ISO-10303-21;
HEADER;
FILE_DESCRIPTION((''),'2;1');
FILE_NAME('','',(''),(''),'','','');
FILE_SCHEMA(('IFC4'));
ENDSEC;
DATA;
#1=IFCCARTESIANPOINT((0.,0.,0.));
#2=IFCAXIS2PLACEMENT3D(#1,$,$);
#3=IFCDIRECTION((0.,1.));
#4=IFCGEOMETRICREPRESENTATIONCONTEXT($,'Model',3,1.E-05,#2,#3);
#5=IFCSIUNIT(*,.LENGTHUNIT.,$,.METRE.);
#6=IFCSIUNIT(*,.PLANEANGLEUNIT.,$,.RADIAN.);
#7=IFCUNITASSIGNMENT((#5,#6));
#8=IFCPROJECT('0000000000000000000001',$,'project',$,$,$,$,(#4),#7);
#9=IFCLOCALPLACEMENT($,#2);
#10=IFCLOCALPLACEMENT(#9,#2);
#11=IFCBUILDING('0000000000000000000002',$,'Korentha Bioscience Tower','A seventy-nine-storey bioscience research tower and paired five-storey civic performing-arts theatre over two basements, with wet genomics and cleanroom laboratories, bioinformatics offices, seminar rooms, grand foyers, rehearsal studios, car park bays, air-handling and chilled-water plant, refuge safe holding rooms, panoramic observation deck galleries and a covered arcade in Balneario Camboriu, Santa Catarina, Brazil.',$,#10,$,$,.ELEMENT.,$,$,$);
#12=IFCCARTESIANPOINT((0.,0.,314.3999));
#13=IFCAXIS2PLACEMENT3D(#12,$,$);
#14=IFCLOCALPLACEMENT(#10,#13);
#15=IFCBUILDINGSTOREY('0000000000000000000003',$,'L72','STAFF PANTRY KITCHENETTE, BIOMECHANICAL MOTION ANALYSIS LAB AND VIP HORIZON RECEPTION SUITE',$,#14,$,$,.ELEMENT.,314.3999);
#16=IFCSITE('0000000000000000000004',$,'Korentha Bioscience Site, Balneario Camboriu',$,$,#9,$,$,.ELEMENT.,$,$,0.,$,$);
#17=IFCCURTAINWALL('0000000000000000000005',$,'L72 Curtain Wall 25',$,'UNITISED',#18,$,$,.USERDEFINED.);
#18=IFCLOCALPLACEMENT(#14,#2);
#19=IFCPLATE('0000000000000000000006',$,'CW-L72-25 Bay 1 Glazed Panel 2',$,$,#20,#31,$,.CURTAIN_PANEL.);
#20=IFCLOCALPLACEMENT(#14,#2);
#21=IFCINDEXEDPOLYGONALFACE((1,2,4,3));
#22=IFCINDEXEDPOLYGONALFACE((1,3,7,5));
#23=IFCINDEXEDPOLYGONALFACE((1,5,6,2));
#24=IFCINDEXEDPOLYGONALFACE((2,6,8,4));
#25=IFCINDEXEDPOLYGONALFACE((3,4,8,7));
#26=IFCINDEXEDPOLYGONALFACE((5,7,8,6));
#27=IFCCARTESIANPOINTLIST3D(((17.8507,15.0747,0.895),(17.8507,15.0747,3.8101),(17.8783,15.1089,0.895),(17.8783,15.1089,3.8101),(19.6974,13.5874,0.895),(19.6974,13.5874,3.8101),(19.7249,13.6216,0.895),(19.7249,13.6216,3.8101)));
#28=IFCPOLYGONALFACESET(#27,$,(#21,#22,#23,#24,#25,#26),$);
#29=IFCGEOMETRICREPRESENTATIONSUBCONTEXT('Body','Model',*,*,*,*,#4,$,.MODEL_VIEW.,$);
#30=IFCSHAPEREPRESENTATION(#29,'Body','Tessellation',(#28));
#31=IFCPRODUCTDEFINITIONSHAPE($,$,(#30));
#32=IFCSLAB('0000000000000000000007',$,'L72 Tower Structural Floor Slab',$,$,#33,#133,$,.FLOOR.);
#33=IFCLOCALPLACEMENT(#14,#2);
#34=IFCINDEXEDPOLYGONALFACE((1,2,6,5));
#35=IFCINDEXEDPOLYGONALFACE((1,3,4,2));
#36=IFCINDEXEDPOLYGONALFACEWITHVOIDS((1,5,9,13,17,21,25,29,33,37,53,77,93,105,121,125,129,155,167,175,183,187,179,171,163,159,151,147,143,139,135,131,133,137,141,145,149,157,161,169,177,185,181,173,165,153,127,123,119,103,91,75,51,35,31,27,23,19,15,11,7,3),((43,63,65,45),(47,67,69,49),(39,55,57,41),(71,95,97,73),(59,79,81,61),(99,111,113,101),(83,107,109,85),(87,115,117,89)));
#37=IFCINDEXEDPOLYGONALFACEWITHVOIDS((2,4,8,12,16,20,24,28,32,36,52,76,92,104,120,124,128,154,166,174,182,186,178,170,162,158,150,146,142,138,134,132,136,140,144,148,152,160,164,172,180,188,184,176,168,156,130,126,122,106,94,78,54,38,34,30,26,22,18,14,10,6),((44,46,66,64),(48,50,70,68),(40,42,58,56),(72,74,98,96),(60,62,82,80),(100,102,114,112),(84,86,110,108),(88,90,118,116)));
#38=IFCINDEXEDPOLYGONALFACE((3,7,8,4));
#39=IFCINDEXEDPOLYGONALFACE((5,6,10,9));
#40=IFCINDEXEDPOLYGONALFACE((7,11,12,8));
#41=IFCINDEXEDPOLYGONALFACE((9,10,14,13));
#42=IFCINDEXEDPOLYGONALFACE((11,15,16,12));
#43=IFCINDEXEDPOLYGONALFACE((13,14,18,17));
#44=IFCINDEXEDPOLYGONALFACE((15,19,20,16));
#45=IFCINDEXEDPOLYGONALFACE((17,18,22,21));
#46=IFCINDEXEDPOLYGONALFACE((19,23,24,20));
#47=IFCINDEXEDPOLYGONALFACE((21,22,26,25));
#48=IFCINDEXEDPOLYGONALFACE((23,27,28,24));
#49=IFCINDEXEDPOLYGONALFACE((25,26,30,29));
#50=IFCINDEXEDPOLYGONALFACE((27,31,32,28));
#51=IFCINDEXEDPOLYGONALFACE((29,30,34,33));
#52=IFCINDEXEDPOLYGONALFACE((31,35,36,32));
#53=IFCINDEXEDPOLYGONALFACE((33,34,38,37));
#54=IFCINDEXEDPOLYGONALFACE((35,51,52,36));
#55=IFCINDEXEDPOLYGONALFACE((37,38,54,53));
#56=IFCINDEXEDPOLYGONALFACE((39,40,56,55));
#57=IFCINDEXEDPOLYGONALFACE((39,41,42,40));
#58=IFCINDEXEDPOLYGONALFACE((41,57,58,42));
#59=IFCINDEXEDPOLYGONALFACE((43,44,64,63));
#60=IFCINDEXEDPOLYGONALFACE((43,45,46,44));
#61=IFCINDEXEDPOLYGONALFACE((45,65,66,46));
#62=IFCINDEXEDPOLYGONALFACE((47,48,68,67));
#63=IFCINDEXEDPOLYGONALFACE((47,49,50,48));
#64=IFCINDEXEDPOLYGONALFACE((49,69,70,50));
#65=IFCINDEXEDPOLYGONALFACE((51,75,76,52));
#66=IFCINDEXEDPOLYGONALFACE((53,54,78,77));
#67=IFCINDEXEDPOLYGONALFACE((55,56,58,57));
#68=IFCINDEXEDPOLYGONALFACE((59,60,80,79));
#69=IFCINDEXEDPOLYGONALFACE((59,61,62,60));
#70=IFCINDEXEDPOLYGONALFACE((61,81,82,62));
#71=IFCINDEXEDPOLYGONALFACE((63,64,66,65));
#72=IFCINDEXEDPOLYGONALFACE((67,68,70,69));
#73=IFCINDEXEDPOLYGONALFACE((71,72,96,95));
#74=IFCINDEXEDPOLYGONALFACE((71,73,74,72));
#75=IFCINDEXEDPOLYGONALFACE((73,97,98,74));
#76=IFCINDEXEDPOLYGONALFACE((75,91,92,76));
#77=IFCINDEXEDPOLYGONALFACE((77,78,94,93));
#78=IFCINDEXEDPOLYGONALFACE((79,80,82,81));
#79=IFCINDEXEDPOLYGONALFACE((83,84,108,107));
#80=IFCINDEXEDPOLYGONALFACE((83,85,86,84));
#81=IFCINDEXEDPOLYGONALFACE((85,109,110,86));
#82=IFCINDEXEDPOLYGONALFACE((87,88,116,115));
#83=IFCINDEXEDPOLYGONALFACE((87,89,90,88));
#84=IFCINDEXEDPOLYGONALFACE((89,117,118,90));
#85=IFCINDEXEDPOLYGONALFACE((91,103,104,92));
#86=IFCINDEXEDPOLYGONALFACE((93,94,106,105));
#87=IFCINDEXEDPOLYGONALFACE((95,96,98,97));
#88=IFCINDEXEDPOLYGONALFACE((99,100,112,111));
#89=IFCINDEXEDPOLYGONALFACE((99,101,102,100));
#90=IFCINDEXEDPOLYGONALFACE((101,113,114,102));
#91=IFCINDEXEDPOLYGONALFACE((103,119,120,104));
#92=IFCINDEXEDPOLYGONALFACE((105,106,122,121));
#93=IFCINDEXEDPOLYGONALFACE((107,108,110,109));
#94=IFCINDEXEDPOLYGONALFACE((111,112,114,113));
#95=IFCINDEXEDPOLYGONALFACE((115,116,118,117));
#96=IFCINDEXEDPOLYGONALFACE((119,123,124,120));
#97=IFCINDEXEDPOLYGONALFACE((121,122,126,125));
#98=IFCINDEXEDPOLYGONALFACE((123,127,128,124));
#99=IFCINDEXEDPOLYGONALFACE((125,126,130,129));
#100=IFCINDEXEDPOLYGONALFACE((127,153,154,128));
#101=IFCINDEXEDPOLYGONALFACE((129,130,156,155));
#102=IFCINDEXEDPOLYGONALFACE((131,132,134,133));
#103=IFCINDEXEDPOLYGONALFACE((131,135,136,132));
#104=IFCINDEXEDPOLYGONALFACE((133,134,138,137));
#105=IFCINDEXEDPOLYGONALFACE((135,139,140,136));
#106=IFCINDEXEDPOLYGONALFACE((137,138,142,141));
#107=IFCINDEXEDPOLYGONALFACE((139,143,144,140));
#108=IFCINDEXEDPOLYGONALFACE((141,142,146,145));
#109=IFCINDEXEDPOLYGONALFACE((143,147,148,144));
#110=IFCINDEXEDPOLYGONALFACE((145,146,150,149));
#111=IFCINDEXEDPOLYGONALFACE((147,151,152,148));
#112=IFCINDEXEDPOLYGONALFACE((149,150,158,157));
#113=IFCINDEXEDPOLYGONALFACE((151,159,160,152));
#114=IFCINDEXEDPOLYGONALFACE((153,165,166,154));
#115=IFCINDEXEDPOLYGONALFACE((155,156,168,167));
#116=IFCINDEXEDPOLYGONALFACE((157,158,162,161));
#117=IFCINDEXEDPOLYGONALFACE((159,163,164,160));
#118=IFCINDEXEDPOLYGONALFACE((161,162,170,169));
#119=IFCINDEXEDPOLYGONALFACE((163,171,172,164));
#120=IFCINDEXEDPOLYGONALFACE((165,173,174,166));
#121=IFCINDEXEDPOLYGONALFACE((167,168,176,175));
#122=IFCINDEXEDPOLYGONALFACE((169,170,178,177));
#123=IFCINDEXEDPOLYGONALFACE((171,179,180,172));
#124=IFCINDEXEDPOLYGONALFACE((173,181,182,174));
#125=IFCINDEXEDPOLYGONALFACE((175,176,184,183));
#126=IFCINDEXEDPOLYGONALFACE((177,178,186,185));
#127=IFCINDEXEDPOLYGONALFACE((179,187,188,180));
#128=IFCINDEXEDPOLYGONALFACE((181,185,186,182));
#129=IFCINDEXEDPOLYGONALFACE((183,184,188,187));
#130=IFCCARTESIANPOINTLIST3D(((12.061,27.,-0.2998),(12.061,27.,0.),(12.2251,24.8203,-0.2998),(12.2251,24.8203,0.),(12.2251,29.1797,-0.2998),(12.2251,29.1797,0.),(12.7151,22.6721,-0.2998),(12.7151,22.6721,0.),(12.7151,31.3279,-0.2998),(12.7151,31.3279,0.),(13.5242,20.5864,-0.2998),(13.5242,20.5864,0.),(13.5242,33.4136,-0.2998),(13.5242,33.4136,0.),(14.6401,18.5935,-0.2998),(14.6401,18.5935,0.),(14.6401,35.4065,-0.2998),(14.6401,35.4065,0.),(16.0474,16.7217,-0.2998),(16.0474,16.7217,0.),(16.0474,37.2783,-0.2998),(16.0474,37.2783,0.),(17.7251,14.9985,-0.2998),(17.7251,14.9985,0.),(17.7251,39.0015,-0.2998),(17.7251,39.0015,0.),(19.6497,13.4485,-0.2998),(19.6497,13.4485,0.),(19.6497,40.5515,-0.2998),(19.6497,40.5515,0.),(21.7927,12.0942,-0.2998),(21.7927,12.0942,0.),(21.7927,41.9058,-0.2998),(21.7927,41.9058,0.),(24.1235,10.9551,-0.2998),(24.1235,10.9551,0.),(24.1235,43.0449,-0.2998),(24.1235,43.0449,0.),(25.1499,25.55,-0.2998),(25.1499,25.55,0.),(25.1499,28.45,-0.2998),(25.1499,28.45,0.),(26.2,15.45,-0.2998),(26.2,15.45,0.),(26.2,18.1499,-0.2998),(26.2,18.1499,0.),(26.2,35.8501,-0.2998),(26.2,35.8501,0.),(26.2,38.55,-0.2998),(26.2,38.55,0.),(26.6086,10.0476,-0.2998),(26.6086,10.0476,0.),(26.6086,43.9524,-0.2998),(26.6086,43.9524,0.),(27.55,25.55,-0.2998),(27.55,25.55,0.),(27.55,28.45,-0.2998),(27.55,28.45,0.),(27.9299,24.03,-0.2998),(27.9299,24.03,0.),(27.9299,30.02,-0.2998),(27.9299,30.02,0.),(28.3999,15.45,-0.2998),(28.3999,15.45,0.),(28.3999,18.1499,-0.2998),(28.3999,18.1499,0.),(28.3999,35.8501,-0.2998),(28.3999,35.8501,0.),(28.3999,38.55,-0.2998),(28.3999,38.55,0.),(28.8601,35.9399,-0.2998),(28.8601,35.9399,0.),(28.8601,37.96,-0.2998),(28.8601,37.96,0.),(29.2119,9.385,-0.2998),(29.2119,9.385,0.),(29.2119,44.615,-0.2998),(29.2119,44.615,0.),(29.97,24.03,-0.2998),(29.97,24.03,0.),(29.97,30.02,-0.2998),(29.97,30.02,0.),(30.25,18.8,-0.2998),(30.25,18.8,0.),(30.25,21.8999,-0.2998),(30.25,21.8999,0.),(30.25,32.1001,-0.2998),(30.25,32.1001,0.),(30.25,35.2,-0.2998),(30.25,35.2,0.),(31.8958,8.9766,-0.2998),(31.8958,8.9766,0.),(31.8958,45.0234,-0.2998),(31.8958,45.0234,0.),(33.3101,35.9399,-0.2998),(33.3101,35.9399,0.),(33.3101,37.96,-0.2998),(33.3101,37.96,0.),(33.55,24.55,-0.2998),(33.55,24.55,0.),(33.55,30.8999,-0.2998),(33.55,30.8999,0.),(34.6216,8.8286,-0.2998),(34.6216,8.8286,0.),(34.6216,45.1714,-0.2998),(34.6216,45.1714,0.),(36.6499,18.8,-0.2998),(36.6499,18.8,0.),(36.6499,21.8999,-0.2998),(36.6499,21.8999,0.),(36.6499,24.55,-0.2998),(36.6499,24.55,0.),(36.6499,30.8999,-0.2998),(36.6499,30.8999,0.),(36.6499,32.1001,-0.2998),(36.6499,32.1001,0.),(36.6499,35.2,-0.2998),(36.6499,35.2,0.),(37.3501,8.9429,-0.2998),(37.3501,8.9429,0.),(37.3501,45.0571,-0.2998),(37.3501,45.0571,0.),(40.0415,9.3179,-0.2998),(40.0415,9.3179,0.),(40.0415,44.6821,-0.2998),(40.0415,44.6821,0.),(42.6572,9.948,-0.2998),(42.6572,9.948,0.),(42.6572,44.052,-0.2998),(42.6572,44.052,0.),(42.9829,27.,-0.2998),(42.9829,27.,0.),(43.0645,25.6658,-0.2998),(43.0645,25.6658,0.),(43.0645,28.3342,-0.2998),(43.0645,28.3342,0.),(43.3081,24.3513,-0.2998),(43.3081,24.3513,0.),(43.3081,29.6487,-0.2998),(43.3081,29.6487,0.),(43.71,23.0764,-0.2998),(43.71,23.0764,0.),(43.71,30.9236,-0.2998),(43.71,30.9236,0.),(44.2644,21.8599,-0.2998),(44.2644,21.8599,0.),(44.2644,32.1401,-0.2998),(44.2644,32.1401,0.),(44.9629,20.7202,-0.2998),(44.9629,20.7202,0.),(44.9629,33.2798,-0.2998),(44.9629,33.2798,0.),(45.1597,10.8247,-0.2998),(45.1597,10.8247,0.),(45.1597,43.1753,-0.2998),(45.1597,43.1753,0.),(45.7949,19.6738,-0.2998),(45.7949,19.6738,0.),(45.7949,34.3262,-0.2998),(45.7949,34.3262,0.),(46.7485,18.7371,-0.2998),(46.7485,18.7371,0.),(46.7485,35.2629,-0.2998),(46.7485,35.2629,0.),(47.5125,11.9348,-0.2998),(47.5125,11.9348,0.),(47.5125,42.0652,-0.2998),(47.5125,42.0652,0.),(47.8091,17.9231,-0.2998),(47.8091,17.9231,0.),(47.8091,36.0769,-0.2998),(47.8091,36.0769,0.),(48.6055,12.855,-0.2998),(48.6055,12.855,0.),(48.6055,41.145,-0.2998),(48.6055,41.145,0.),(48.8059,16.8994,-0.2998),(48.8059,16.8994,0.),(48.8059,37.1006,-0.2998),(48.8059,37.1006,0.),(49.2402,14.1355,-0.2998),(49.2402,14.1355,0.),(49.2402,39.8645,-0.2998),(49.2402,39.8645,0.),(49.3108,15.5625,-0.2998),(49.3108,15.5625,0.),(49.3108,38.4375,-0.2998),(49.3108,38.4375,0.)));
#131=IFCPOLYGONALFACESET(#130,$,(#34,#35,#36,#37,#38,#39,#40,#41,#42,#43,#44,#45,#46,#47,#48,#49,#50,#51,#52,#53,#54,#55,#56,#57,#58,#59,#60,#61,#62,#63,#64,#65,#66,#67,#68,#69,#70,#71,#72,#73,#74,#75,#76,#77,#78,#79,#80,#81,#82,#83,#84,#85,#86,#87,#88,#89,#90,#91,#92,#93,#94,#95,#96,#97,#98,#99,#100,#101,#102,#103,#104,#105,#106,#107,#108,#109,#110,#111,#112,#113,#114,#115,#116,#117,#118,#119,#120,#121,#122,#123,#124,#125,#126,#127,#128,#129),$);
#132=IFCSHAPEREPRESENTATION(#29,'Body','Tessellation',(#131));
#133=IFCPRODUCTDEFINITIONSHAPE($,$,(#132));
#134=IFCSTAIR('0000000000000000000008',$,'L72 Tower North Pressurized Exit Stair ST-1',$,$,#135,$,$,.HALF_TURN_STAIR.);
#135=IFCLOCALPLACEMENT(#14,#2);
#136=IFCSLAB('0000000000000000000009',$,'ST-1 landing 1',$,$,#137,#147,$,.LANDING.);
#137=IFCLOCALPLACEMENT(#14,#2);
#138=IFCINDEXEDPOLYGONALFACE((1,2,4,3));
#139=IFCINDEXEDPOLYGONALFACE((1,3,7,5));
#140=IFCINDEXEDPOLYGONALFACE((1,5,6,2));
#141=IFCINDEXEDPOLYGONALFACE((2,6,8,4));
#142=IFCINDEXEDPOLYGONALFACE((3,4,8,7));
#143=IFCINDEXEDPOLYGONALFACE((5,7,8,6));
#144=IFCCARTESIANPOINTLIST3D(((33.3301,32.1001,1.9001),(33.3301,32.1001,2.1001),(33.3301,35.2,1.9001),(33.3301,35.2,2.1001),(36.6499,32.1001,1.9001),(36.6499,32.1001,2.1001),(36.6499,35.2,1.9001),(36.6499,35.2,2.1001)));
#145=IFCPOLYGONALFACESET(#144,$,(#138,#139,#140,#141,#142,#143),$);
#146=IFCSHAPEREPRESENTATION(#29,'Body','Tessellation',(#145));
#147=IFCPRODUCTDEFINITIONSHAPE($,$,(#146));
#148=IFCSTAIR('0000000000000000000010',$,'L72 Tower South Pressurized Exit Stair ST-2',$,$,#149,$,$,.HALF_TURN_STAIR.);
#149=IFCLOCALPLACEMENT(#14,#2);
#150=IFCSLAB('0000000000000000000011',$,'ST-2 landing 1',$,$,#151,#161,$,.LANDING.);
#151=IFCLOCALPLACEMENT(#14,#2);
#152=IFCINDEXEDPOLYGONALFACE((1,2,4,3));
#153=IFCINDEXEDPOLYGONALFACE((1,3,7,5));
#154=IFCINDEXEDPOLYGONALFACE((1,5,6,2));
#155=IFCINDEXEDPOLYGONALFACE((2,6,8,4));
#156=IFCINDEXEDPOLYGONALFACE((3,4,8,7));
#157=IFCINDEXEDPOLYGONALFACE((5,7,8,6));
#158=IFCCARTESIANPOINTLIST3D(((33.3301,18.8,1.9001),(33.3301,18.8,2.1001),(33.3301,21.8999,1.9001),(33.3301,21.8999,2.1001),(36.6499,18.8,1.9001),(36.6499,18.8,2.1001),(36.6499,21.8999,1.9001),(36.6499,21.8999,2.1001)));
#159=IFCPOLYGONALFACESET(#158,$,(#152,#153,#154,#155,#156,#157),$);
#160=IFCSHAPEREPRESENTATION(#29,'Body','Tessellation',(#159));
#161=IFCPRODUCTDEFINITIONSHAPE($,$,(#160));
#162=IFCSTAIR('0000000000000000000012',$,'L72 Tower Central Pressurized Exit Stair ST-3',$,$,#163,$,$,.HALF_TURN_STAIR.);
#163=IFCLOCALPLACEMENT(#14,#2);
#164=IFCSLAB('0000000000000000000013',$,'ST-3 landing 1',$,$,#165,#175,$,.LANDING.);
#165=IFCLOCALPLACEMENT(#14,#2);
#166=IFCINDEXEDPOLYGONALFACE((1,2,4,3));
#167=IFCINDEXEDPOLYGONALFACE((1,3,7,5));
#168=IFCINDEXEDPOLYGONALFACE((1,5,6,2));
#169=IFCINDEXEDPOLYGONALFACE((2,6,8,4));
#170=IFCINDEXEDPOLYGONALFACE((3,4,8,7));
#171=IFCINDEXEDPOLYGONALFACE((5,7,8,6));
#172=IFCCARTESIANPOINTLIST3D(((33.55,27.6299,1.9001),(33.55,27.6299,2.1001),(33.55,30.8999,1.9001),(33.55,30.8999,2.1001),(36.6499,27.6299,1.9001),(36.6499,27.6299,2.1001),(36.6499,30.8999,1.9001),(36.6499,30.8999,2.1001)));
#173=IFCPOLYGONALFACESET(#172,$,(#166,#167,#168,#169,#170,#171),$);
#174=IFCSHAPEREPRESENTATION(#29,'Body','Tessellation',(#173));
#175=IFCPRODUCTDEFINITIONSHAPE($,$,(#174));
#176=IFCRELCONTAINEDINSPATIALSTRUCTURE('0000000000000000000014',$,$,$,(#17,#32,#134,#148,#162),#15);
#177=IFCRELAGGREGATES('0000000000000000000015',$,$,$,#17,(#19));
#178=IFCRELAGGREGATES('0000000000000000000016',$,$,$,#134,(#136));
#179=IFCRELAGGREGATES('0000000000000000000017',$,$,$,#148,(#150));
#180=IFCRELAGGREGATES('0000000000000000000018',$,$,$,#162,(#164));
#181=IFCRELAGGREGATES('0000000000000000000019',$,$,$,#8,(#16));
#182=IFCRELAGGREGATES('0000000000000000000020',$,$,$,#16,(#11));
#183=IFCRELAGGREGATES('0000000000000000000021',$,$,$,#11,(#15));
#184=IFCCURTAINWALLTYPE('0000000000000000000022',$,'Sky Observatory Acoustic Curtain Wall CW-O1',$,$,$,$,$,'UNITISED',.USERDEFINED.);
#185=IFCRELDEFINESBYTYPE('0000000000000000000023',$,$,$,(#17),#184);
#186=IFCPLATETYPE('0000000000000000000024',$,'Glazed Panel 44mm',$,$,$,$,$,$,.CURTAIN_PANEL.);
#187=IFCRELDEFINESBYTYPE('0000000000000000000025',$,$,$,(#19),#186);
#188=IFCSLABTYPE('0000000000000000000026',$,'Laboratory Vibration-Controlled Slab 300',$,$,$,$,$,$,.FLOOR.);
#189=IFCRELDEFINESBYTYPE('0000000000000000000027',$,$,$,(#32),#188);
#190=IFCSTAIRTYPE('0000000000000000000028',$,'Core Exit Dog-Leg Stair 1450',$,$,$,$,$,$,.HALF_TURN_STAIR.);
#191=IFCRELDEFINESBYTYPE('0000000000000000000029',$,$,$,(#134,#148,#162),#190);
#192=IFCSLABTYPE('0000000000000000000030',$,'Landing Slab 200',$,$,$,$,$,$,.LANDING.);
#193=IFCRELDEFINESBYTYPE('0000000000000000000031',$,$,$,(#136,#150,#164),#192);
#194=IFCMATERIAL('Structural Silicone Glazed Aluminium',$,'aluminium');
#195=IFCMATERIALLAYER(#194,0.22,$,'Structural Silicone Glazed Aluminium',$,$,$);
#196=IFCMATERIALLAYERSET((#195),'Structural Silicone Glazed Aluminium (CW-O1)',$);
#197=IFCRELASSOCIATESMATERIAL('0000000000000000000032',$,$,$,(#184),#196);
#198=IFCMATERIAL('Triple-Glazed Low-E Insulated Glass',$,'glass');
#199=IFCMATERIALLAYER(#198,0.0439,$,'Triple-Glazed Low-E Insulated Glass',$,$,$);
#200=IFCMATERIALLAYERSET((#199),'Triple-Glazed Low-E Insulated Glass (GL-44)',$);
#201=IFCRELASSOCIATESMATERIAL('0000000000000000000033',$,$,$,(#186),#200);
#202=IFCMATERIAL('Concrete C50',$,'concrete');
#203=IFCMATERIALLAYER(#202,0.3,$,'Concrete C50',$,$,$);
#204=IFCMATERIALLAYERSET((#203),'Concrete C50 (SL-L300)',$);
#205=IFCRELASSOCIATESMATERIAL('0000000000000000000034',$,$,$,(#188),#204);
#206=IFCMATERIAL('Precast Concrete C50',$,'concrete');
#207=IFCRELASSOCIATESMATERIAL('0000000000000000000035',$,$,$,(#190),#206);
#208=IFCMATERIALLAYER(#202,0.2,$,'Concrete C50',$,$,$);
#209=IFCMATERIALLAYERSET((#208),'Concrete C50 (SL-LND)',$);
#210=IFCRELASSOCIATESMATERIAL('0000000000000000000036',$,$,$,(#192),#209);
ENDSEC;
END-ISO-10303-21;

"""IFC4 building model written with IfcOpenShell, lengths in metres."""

from ifc_helpers import new_model, si_unit, direction, frame, origin, origin_2d, place, context, subcontext, project, spatial, polyline, rectangle, outline, extrude, material, layer, layer_set, type_object, element, aggregate, save


model = new_model("IFC4")

# Units and contexts
model_context = context("Model", 3, precision=1e-05, world=origin(), true_north=direction((0.0, 1.0)))
body_context = subcontext(model_context, "Body", "Model", "MODEL_VIEW")
ifc_project = project(units=[si_unit("LENGTHUNIT", "METRE"), si_unit("PLANEANGLEUNIT", "RADIAN")], contexts=[model_context])

# Site, building, storey
site_placement = place(None, origin())
site = spatial("IfcSite", under=ifc_project, at=site_placement, Name="Korentha Bioscience Site, Balneario Camboriu", CompositionType="ELEMENT", RefElevation=0.0)
building_placement = place(site_placement, origin())
building = spatial("IfcBuilding", under=site, at=building_placement, Name="Korentha Bioscience Tower", Description="A seventy-nine-storey bioscience research tower and paired five-storey civic performing-arts theatre over two basements, with wet genomics and cleanroom laboratories, bioinformatics offices, seminar rooms, grand foyers, rehearsal studios, car park bays, air-handling and chilled-water plant, refuge safe holding rooms, panoramic observation deck galleries and a covered arcade in Balneario Camboriu, Santa Catarina, Brazil.", CompositionType="ELEMENT")
storey_placement = place(building_placement, frame((0.0, 0.0, 314.3999)))
storey = spatial("IfcBuildingStorey", under=building, at=storey_placement, Name="L72", Description="STAFF PANTRY KITCHENETTE, BIOMECHANICAL MOTION ANALYSIS LAB AND VIP HORIZON RECEPTION SUITE", CompositionType="ELEMENT", Elevation=314.3999)

# Shared definitions
ifc_material_1 = material(Name="Concrete C50", Category="concrete")

# Shared definitions
ifc_material_2 = material(Name="Structural Silicone Glazed Aluminium", Category="aluminium")
ifc_layer_1 = layer(ifc_material_2, 0.22, Name="Structural Silicone Glazed Aluminium")
ifc_layer_set_1 = layer_set([ifc_layer_1], Name="Structural Silicone Glazed Aluminium (CW-O1)")
curtain_wall_type = type_object("IfcCurtainWallType", Name="Sky Observatory Acoustic Curtain Wall CW-O1", ElementType="UNITISED", PredefinedType="USERDEFINED", material=ifc_layer_set_1)

# Curtain wall
curtain_wall_1_placement = place(storey_placement, origin())
curtain_wall_1 = element("IfcCurtainWall", 1, at=curtain_wall_1_placement, inside=storey, type_object=curtain_wall_type, Name="L72 Curtain Wall 25", ObjectType="UNITISED", PredefinedType="USERDEFINED")

# Plate
ifc_material_3 = material(Name="Triple-Glazed Low-E Insulated Glass", Category="glass")
ifc_layer_2 = layer(ifc_material_3, 0.0439, Name="Triple-Glazed Low-E Insulated Glass")
ifc_layer_set_2 = layer_set([ifc_layer_2], Name="Triple-Glazed Low-E Insulated Glass (GL-44)")
plate_type = type_object("IfcPlateType", Name="Glazed Panel 44mm", PredefinedType="CURTAIN_PANEL", material=ifc_layer_set_2)
plate_1_placement = place(storey_placement, frame((18.7878, 14.3481, 0.895), z_axis=(0.0, 0.0, 1.0), x_axis=(0.778807, -0.627264, 0.0)))
plate_1 = element("IfcPlate", 2, at=plate_1_placement, type_object=plate_type, Name="CW-L72-25 Bay 1 Glazed Panel 2", PredefinedType="CURTAIN_PANEL", context=body_context, shape_type="SweptSolid", body=[
    extrude(rectangle(XDim=2.3711, YDim=0.0439, at=origin_2d()), origin(), (0.0, 0.0, 1.0), 2.915),
])
aggregate(curtain_wall_1, [plate_1])

# Slab
ifc_layer_3 = layer(ifc_material_1, 0.3, Name="Concrete C50")
ifc_layer_set_3 = layer_set([ifc_layer_3], Name="Concrete C50 (SL-L300)")
slab_type_1 = type_object("IfcSlabType", Name="Laboratory Vibration-Controlled Slab 300", PredefinedType="FLOOR", material=ifc_layer_set_3)
slab_1_placement = place(storey_placement, frame((0.0, 0.0, -0.2998)))
element("IfcSlab", 3, at=slab_1_placement, inside=storey, type_object=slab_type_1, Name="L72 Tower Structural Floor Slab", PredefinedType="FLOOR", context=body_context, shape_type="SweptSolid", body=[
    extrude(outline(polyline([(47.5125, 42.0652), (45.1597, 43.1753), (42.6572, 44.052), (40.0415, 44.6821), (37.3501, 45.0571), (34.6216, 45.1714), (31.8958, 45.0234), (29.2119, 44.615), (26.6086, 43.9524), (24.1235, 43.0449), (21.7927, 41.9058), (19.6497, 40.5515), (17.7251, 39.0015), (16.0474, 37.2783), (14.6401, 35.4065), (13.5242, 33.4136), (12.7151, 31.3279), (12.2251, 29.1797), (12.061, 27.0), (12.2251, 24.8203), (12.7151, 22.6721), (13.5242, 20.5864), (14.6401, 18.5935), (16.0474, 16.7217), (17.7251, 14.9985), (19.6497, 13.4485), (21.7927, 12.0942), (24.1235, 10.9551), (26.6086, 10.0476), (29.2119, 9.385), (31.8958, 8.9766), (34.6216, 8.8286), (37.3501, 8.9429), (40.0415, 9.3179), (42.6572, 9.948), (45.1597, 10.8247), (47.5125, 11.9348), (48.6055, 12.855), (49.2402, 14.1355), (49.3108, 15.5625), (48.8059, 16.8994), (47.8091, 17.9231), (46.7485, 18.7371), (45.7949, 19.6738), (44.9629, 20.7202), (44.2644, 21.8599), (43.71, 23.0764), (43.3081, 24.3513), (43.0645, 25.6658), (42.9829, 27.0), (43.0645, 28.3342), (43.3081, 29.6487), (43.71, 30.9236), (44.2644, 32.1401), (44.9629, 33.2798), (45.7949, 34.3262), (46.7485, 35.2629), (47.8091, 36.0769), (48.8059, 37.1006), (49.3108, 38.4375), (49.2402, 39.8645), (48.6055, 41.145), (47.5125, 42.0652)]), holes=[polyline([(30.25, 32.1001), (36.6499, 32.1001), (36.6499, 35.2), (30.25, 35.2), (30.25, 32.1001)]), polyline([(30.25, 18.8), (36.6499, 18.8), (36.6499, 21.8999), (30.25, 21.8999), (30.25, 18.8)]), polyline([(36.6499, 24.55), (36.6499, 30.8999), (33.55, 30.8999), (33.55, 24.55), (36.6499, 24.55)]), polyline([(27.9299, 24.03), (29.97, 24.03), (29.97, 30.02), (27.9299, 30.02), (27.9299, 24.03)]), polyline([(28.8601, 35.9399), (33.3101, 35.9399), (33.3101, 37.96), (28.8601, 37.96), (28.8601, 35.9399)]), polyline([(26.2, 15.45), (28.3999, 15.45), (28.3999, 18.1499), (26.2, 18.1499), (26.2, 15.45)]), polyline([(26.2, 35.8501), (28.3999, 35.8501), (28.3999, 38.55), (26.2, 38.55), (26.2, 35.8501)]), polyline([(25.1499, 25.55), (27.55, 25.55), (27.55, 28.45), (25.1499, 28.45), (25.1499, 25.55)])]), origin(), (0.0, 0.0, 1.0), 0.2998),
])

# Stairs, slabs
ifc_material_4 = material(Name="Precast Concrete C50", Category="concrete")
stair_type = type_object("IfcStairType", Name="Core Exit Dog-Leg Stair 1450", PredefinedType="HALF_TURN_STAIR", material=ifc_material_4)
stair_1_placement = place(storey_placement, origin())
stair_1 = element("IfcStair", 4, at=stair_1_placement, inside=storey, type_object=stair_type, Name="L72 Tower North Pressurized Exit Stair ST-1", PredefinedType="HALF_TURN_STAIR")
ifc_layer_4 = layer(ifc_material_1, 0.2, Name="Concrete C50")
ifc_layer_set_4 = layer_set([ifc_layer_4], Name="Concrete C50 (SL-LND)")
slab_type_2 = type_object("IfcSlabType", Name="Landing Slab 200", PredefinedType="LANDING", material=ifc_layer_set_4)
slab_2_placement = place(storey_placement, frame((0.0, 0.0, 1.9001)))
slab_2 = element("IfcSlab", 5, at=slab_2_placement, type_object=slab_type_2, Name="ST-1 landing 1", PredefinedType="LANDING", context=body_context, shape_type="SweptSolid", body=[
    extrude(outline(polyline([(33.3301, 32.1001), (36.6499, 32.1001), (36.6499, 35.2), (33.3301, 35.2), (33.3301, 32.1001)])), origin(), (0.0, 0.0, 1.0), 0.2),
])
aggregate(stair_1, [slab_2])
stair_2_placement = place(storey_placement, origin())
stair_2 = element("IfcStair", 6, at=stair_2_placement, inside=storey, type_object=stair_type, Name="L72 Tower South Pressurized Exit Stair ST-2", PredefinedType="HALF_TURN_STAIR")
slab_3_placement = place(storey_placement, frame((0.0, 0.0, 1.9001)))
slab_3 = element("IfcSlab", 7, at=slab_3_placement, type_object=slab_type_2, Name="ST-2 landing 1", PredefinedType="LANDING", context=body_context, shape_type="SweptSolid", body=[
    extrude(outline(polyline([(33.3301, 18.8), (36.6499, 18.8), (36.6499, 21.8999), (33.3301, 21.8999), (33.3301, 18.8)])), origin(), (0.0, 0.0, 1.0), 0.2),
])
aggregate(stair_2, [slab_3])
stair_3_placement = place(storey_placement, origin())
stair_3 = element("IfcStair", 8, at=stair_3_placement, inside=storey, type_object=stair_type, Name="L72 Tower Central Pressurized Exit Stair ST-3", PredefinedType="HALF_TURN_STAIR")
slab_4_placement = place(storey_placement, frame((0.0, 0.0, 1.9001)))
slab_4 = element("IfcSlab", 9, at=slab_4_placement, type_object=slab_type_2, Name="ST-3 landing 1", PredefinedType="LANDING", context=body_context, shape_type="SweptSolid", body=[
    extrude(outline(polyline([(36.6499, 27.6299), (36.6499, 30.8999), (33.55, 30.8999), (33.55, 27.6299), (36.6499, 27.6299)])), origin(), (0.0, 0.0, 1.0), 0.2),
])
aggregate(stair_3, [slab_4])

save(model, "model.ifc")
